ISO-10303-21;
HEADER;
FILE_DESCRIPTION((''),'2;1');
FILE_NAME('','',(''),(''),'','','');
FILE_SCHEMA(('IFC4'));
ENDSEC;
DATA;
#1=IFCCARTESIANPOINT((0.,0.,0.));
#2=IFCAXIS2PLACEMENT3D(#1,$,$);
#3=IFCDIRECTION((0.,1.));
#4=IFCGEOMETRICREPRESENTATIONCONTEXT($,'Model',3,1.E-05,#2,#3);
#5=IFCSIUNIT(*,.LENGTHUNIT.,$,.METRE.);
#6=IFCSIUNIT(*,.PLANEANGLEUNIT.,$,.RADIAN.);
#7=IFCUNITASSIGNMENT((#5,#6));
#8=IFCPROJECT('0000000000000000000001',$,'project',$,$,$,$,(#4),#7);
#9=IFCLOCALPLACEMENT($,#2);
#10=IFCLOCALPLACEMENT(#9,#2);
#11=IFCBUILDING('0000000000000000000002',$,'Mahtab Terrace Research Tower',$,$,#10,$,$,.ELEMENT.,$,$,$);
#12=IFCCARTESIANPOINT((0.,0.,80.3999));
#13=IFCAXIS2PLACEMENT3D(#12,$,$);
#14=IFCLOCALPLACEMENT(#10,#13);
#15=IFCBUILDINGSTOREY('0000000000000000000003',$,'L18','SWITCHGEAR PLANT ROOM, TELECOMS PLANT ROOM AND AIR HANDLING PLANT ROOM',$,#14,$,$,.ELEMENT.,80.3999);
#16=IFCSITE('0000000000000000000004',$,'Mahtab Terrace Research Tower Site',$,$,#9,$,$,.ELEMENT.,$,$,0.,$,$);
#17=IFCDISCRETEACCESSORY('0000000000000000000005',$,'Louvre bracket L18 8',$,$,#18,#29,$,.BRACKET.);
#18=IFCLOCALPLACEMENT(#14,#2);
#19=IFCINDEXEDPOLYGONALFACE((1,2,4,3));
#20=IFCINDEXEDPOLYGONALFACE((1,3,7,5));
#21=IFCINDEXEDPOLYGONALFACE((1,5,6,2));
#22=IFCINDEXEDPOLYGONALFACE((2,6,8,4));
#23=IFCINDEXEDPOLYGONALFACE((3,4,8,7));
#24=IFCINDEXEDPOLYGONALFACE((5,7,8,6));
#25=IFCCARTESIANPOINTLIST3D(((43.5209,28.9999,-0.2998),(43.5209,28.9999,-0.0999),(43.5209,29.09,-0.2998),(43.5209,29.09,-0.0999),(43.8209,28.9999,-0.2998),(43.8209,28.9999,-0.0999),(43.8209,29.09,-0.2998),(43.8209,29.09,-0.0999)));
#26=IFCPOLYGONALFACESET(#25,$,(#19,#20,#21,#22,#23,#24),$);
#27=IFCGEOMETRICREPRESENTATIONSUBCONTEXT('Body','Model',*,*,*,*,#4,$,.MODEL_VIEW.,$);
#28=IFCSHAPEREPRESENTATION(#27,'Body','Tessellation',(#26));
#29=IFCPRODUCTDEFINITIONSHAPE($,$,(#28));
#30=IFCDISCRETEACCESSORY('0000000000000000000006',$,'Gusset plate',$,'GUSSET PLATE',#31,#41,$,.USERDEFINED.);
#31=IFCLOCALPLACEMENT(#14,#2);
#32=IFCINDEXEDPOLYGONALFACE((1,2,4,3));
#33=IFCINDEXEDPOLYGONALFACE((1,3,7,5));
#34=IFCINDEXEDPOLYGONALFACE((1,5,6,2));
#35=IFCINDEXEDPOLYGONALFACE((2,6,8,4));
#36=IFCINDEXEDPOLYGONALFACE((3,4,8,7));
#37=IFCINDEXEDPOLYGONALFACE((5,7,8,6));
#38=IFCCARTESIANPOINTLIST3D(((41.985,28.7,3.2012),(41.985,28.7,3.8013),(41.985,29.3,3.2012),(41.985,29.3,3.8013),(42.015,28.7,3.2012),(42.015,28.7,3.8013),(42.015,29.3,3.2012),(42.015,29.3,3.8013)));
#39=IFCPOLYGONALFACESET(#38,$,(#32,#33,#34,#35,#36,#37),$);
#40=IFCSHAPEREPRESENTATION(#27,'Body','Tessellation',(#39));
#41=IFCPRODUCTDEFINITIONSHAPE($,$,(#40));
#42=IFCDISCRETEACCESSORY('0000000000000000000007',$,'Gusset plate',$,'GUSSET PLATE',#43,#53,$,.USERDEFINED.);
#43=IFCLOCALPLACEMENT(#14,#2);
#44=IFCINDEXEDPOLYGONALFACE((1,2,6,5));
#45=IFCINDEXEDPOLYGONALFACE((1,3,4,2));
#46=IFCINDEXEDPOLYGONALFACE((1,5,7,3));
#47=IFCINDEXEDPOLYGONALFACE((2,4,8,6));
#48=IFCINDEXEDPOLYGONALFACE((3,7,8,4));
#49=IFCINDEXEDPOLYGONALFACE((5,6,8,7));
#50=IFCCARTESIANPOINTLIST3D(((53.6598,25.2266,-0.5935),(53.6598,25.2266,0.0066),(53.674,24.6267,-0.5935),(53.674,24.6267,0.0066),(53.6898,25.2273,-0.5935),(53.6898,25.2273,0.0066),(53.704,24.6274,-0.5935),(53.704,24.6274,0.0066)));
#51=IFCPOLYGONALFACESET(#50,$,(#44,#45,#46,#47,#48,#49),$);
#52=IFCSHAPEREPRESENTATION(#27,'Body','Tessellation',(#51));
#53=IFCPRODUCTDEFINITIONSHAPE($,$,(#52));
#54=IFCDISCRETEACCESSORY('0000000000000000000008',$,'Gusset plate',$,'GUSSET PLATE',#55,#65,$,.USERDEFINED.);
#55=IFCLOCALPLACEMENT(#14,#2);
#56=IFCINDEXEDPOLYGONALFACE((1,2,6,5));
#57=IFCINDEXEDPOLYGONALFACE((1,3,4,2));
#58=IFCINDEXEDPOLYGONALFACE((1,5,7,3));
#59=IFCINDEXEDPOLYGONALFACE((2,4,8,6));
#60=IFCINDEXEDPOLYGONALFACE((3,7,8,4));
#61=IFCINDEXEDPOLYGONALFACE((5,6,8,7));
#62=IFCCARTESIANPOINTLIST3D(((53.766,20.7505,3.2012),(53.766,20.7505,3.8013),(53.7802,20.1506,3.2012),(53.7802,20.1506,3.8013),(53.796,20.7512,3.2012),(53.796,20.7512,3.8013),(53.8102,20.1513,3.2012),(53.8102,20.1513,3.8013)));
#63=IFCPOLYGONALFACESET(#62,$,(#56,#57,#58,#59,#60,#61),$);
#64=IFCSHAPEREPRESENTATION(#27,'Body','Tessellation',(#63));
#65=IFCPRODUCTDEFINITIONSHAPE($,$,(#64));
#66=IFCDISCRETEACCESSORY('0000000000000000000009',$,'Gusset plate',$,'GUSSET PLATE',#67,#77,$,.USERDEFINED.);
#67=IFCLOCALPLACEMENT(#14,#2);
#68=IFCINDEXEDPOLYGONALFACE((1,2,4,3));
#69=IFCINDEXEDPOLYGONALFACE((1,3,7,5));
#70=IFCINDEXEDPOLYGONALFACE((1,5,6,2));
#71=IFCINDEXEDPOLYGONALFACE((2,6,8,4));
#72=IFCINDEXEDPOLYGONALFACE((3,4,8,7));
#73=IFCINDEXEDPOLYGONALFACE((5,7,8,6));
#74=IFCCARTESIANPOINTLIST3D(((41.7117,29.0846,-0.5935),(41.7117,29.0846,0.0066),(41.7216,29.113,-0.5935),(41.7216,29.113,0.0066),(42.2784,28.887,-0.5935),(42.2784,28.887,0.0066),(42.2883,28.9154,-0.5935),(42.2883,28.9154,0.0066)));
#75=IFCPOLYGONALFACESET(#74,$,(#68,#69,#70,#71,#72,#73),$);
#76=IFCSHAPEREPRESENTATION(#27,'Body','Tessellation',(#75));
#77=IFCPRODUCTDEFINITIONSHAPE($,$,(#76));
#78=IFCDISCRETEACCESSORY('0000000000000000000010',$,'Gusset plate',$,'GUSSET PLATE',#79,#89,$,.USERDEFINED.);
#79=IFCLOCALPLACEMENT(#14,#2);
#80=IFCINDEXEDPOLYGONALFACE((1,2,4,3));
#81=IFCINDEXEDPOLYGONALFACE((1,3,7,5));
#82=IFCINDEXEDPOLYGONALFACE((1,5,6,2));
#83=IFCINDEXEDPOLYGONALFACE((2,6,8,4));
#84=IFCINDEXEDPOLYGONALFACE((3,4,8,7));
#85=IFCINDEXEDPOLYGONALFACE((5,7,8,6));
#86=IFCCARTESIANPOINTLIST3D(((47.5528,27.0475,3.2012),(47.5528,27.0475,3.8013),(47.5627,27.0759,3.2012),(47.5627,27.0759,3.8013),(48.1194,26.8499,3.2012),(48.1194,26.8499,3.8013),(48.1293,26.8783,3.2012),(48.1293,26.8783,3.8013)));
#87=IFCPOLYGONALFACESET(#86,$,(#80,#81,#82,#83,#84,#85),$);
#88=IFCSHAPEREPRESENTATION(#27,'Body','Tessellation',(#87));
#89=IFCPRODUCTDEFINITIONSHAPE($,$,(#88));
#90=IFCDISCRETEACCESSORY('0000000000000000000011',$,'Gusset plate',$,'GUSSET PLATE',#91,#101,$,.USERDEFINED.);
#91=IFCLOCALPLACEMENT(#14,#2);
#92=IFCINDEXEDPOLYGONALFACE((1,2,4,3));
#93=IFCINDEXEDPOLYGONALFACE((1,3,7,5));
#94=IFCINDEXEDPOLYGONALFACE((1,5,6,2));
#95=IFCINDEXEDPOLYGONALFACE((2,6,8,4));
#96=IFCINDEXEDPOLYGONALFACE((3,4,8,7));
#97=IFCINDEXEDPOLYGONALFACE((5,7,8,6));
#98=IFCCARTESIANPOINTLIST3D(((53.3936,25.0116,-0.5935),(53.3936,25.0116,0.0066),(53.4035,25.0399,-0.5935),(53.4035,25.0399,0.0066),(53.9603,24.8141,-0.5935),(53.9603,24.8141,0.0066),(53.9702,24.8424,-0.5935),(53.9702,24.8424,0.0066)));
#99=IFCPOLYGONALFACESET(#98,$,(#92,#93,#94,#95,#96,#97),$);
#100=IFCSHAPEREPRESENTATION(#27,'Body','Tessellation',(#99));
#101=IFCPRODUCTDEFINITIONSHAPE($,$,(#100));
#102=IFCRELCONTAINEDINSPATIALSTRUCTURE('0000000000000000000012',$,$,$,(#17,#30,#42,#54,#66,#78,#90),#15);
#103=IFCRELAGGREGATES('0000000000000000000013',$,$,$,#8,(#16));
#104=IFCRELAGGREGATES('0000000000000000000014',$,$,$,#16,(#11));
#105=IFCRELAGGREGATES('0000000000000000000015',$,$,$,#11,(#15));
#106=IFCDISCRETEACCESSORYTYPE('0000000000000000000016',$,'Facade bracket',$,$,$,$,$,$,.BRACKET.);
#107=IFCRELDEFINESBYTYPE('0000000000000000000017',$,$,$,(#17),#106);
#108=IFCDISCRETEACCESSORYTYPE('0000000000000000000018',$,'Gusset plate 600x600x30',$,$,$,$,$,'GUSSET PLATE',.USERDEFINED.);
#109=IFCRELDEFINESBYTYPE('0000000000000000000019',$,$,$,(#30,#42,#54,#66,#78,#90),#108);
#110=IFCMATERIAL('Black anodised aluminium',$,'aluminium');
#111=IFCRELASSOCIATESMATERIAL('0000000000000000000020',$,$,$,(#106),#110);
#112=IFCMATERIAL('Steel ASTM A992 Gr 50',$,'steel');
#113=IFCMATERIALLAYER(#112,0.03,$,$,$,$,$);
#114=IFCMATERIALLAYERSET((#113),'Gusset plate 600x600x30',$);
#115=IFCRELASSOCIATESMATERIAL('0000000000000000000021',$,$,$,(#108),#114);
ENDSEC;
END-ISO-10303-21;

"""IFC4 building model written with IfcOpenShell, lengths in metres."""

from ifc_helpers import new_model, si_unit, direction, frame, origin, origin_2d, place, context, subcontext, project, spatial, rectangle, extrude, material, layer, layer_set, type_object, element, save


model = new_model("IFC4")

# Units and contexts
model_context = context("Model", 3, precision=1e-05, world=origin(), true_north=direction((0.0, 1.0)))
body_context = subcontext(model_context, "Body", "Model", "MODEL_VIEW")
ifc_project = project(units=[si_unit("LENGTHUNIT", "METRE"), si_unit("PLANEANGLEUNIT", "RADIAN")], contexts=[model_context])

# Site, building, storey
site_placement = place(None, origin())
site = spatial("IfcSite", under=ifc_project, at=site_placement, Name="Mahtab Terrace Research Tower Site", CompositionType="ELEMENT", RefElevation=0.0)
building_placement = place(site_placement, origin())
building = spatial("IfcBuilding", under=site, at=building_placement, Name="Mahtab Terrace Research Tower", CompositionType="ELEMENT")
storey_placement = place(building_placement, frame((0.0, 0.0, 80.3999)))
storey = spatial("IfcBuildingStorey", under=building, at=storey_placement, Name="L18", Description="SWITCHGEAR PLANT ROOM, TELECOMS PLANT ROOM AND AIR HANDLING PLANT ROOM", CompositionType="ELEMENT", Elevation=80.3999)

# Shared definitions
ifc_material_1 = material(Name="Steel ASTM A992 Gr 50", Category="steel")

# Discrete accessories
ifc_material_2 = material(Name="Black anodised aluminium", Category="aluminium")
discrete_accessory_type_1 = type_object("IfcDiscreteAccessoryType", Name="Facade bracket", PredefinedType="BRACKET", material=ifc_material_2)
for number, where, z_axis, x_axis, name in (
    (1, (43.6709, 29.0449, -0.2998), (0.0, 0.0, 1.0), (-1.0, 0.0, 0.0), "Louvre bracket L18 8"),
):
    element("IfcDiscreteAccessory", number, at=place(storey_placement, frame(where, z_axis=z_axis, x_axis=x_axis)), inside=storey, type_object=discrete_accessory_type_1, Name=name, PredefinedType="BRACKET", context=body_context, shape_type="SweptSolid", body=[
        extrude(rectangle(XDim=0.3, YDim=0.0901, at=origin_2d()), origin(), (0.0, 0.0, 1.0), 0.2),
    ])
ifc_layer = layer(ifc_material_1, 0.03)
ifc_layer_set = layer_set([ifc_layer], Name="Gusset plate 600x600x30")
discrete_accessory_type_2 = type_object("IfcDiscreteAccessoryType", Name="Gusset plate 600x600x30", ElementType="GUSSET PLATE", PredefinedType="USERDEFINED", material=ifc_layer_set)
for number, where, z_axis, x_axis, name in (
    (2, (42.0, 29.0, 3.2012), (0.0, 0.0, 1.0), (0.0, 1.0, 0.0), "Gusset plate"),
    (3, (53.6819, 24.927, -0.5935), (0.0, 0.0, 1.0), (-0.023682, 0.99972, 0.0), "Gusset plate"),
    (4, (53.7881, 20.4509, 3.2012), (0.0, 0.0, 1.0), (-0.023682, 0.99972, 0.0), "Gusset plate"),
    (5, (42.0, 29.0, -0.5935), (0.0, 0.0, 1.0), (-0.944227, 0.329295, 0.0), "Gusset plate"),
    (6, (47.8411, 26.9629, 3.2012), (0.0, 0.0, 1.0), (-0.944227, 0.329295, 0.0), "Gusset plate"),
    (7, (53.6819, 24.927, -0.5935), (0.0, 0.0, 1.0), (-0.944279, 0.329147, 0.0), "Gusset plate"),
):
    element("IfcDiscreteAccessory", number, at=place(storey_placement, frame(where, z_axis=z_axis, x_axis=x_axis)), inside=storey, type_object=discrete_accessory_type_2, Name=name, ObjectType="GUSSET PLATE", PredefinedType="USERDEFINED", context=body_context, shape_type="SweptSolid", body=[
        extrude(rectangle(XDim=0.6001, YDim=0.03, at=origin_2d()), origin(), (0.0, 0.0, 1.0), 0.6001),
    ])

save(model, "model.ifc")
